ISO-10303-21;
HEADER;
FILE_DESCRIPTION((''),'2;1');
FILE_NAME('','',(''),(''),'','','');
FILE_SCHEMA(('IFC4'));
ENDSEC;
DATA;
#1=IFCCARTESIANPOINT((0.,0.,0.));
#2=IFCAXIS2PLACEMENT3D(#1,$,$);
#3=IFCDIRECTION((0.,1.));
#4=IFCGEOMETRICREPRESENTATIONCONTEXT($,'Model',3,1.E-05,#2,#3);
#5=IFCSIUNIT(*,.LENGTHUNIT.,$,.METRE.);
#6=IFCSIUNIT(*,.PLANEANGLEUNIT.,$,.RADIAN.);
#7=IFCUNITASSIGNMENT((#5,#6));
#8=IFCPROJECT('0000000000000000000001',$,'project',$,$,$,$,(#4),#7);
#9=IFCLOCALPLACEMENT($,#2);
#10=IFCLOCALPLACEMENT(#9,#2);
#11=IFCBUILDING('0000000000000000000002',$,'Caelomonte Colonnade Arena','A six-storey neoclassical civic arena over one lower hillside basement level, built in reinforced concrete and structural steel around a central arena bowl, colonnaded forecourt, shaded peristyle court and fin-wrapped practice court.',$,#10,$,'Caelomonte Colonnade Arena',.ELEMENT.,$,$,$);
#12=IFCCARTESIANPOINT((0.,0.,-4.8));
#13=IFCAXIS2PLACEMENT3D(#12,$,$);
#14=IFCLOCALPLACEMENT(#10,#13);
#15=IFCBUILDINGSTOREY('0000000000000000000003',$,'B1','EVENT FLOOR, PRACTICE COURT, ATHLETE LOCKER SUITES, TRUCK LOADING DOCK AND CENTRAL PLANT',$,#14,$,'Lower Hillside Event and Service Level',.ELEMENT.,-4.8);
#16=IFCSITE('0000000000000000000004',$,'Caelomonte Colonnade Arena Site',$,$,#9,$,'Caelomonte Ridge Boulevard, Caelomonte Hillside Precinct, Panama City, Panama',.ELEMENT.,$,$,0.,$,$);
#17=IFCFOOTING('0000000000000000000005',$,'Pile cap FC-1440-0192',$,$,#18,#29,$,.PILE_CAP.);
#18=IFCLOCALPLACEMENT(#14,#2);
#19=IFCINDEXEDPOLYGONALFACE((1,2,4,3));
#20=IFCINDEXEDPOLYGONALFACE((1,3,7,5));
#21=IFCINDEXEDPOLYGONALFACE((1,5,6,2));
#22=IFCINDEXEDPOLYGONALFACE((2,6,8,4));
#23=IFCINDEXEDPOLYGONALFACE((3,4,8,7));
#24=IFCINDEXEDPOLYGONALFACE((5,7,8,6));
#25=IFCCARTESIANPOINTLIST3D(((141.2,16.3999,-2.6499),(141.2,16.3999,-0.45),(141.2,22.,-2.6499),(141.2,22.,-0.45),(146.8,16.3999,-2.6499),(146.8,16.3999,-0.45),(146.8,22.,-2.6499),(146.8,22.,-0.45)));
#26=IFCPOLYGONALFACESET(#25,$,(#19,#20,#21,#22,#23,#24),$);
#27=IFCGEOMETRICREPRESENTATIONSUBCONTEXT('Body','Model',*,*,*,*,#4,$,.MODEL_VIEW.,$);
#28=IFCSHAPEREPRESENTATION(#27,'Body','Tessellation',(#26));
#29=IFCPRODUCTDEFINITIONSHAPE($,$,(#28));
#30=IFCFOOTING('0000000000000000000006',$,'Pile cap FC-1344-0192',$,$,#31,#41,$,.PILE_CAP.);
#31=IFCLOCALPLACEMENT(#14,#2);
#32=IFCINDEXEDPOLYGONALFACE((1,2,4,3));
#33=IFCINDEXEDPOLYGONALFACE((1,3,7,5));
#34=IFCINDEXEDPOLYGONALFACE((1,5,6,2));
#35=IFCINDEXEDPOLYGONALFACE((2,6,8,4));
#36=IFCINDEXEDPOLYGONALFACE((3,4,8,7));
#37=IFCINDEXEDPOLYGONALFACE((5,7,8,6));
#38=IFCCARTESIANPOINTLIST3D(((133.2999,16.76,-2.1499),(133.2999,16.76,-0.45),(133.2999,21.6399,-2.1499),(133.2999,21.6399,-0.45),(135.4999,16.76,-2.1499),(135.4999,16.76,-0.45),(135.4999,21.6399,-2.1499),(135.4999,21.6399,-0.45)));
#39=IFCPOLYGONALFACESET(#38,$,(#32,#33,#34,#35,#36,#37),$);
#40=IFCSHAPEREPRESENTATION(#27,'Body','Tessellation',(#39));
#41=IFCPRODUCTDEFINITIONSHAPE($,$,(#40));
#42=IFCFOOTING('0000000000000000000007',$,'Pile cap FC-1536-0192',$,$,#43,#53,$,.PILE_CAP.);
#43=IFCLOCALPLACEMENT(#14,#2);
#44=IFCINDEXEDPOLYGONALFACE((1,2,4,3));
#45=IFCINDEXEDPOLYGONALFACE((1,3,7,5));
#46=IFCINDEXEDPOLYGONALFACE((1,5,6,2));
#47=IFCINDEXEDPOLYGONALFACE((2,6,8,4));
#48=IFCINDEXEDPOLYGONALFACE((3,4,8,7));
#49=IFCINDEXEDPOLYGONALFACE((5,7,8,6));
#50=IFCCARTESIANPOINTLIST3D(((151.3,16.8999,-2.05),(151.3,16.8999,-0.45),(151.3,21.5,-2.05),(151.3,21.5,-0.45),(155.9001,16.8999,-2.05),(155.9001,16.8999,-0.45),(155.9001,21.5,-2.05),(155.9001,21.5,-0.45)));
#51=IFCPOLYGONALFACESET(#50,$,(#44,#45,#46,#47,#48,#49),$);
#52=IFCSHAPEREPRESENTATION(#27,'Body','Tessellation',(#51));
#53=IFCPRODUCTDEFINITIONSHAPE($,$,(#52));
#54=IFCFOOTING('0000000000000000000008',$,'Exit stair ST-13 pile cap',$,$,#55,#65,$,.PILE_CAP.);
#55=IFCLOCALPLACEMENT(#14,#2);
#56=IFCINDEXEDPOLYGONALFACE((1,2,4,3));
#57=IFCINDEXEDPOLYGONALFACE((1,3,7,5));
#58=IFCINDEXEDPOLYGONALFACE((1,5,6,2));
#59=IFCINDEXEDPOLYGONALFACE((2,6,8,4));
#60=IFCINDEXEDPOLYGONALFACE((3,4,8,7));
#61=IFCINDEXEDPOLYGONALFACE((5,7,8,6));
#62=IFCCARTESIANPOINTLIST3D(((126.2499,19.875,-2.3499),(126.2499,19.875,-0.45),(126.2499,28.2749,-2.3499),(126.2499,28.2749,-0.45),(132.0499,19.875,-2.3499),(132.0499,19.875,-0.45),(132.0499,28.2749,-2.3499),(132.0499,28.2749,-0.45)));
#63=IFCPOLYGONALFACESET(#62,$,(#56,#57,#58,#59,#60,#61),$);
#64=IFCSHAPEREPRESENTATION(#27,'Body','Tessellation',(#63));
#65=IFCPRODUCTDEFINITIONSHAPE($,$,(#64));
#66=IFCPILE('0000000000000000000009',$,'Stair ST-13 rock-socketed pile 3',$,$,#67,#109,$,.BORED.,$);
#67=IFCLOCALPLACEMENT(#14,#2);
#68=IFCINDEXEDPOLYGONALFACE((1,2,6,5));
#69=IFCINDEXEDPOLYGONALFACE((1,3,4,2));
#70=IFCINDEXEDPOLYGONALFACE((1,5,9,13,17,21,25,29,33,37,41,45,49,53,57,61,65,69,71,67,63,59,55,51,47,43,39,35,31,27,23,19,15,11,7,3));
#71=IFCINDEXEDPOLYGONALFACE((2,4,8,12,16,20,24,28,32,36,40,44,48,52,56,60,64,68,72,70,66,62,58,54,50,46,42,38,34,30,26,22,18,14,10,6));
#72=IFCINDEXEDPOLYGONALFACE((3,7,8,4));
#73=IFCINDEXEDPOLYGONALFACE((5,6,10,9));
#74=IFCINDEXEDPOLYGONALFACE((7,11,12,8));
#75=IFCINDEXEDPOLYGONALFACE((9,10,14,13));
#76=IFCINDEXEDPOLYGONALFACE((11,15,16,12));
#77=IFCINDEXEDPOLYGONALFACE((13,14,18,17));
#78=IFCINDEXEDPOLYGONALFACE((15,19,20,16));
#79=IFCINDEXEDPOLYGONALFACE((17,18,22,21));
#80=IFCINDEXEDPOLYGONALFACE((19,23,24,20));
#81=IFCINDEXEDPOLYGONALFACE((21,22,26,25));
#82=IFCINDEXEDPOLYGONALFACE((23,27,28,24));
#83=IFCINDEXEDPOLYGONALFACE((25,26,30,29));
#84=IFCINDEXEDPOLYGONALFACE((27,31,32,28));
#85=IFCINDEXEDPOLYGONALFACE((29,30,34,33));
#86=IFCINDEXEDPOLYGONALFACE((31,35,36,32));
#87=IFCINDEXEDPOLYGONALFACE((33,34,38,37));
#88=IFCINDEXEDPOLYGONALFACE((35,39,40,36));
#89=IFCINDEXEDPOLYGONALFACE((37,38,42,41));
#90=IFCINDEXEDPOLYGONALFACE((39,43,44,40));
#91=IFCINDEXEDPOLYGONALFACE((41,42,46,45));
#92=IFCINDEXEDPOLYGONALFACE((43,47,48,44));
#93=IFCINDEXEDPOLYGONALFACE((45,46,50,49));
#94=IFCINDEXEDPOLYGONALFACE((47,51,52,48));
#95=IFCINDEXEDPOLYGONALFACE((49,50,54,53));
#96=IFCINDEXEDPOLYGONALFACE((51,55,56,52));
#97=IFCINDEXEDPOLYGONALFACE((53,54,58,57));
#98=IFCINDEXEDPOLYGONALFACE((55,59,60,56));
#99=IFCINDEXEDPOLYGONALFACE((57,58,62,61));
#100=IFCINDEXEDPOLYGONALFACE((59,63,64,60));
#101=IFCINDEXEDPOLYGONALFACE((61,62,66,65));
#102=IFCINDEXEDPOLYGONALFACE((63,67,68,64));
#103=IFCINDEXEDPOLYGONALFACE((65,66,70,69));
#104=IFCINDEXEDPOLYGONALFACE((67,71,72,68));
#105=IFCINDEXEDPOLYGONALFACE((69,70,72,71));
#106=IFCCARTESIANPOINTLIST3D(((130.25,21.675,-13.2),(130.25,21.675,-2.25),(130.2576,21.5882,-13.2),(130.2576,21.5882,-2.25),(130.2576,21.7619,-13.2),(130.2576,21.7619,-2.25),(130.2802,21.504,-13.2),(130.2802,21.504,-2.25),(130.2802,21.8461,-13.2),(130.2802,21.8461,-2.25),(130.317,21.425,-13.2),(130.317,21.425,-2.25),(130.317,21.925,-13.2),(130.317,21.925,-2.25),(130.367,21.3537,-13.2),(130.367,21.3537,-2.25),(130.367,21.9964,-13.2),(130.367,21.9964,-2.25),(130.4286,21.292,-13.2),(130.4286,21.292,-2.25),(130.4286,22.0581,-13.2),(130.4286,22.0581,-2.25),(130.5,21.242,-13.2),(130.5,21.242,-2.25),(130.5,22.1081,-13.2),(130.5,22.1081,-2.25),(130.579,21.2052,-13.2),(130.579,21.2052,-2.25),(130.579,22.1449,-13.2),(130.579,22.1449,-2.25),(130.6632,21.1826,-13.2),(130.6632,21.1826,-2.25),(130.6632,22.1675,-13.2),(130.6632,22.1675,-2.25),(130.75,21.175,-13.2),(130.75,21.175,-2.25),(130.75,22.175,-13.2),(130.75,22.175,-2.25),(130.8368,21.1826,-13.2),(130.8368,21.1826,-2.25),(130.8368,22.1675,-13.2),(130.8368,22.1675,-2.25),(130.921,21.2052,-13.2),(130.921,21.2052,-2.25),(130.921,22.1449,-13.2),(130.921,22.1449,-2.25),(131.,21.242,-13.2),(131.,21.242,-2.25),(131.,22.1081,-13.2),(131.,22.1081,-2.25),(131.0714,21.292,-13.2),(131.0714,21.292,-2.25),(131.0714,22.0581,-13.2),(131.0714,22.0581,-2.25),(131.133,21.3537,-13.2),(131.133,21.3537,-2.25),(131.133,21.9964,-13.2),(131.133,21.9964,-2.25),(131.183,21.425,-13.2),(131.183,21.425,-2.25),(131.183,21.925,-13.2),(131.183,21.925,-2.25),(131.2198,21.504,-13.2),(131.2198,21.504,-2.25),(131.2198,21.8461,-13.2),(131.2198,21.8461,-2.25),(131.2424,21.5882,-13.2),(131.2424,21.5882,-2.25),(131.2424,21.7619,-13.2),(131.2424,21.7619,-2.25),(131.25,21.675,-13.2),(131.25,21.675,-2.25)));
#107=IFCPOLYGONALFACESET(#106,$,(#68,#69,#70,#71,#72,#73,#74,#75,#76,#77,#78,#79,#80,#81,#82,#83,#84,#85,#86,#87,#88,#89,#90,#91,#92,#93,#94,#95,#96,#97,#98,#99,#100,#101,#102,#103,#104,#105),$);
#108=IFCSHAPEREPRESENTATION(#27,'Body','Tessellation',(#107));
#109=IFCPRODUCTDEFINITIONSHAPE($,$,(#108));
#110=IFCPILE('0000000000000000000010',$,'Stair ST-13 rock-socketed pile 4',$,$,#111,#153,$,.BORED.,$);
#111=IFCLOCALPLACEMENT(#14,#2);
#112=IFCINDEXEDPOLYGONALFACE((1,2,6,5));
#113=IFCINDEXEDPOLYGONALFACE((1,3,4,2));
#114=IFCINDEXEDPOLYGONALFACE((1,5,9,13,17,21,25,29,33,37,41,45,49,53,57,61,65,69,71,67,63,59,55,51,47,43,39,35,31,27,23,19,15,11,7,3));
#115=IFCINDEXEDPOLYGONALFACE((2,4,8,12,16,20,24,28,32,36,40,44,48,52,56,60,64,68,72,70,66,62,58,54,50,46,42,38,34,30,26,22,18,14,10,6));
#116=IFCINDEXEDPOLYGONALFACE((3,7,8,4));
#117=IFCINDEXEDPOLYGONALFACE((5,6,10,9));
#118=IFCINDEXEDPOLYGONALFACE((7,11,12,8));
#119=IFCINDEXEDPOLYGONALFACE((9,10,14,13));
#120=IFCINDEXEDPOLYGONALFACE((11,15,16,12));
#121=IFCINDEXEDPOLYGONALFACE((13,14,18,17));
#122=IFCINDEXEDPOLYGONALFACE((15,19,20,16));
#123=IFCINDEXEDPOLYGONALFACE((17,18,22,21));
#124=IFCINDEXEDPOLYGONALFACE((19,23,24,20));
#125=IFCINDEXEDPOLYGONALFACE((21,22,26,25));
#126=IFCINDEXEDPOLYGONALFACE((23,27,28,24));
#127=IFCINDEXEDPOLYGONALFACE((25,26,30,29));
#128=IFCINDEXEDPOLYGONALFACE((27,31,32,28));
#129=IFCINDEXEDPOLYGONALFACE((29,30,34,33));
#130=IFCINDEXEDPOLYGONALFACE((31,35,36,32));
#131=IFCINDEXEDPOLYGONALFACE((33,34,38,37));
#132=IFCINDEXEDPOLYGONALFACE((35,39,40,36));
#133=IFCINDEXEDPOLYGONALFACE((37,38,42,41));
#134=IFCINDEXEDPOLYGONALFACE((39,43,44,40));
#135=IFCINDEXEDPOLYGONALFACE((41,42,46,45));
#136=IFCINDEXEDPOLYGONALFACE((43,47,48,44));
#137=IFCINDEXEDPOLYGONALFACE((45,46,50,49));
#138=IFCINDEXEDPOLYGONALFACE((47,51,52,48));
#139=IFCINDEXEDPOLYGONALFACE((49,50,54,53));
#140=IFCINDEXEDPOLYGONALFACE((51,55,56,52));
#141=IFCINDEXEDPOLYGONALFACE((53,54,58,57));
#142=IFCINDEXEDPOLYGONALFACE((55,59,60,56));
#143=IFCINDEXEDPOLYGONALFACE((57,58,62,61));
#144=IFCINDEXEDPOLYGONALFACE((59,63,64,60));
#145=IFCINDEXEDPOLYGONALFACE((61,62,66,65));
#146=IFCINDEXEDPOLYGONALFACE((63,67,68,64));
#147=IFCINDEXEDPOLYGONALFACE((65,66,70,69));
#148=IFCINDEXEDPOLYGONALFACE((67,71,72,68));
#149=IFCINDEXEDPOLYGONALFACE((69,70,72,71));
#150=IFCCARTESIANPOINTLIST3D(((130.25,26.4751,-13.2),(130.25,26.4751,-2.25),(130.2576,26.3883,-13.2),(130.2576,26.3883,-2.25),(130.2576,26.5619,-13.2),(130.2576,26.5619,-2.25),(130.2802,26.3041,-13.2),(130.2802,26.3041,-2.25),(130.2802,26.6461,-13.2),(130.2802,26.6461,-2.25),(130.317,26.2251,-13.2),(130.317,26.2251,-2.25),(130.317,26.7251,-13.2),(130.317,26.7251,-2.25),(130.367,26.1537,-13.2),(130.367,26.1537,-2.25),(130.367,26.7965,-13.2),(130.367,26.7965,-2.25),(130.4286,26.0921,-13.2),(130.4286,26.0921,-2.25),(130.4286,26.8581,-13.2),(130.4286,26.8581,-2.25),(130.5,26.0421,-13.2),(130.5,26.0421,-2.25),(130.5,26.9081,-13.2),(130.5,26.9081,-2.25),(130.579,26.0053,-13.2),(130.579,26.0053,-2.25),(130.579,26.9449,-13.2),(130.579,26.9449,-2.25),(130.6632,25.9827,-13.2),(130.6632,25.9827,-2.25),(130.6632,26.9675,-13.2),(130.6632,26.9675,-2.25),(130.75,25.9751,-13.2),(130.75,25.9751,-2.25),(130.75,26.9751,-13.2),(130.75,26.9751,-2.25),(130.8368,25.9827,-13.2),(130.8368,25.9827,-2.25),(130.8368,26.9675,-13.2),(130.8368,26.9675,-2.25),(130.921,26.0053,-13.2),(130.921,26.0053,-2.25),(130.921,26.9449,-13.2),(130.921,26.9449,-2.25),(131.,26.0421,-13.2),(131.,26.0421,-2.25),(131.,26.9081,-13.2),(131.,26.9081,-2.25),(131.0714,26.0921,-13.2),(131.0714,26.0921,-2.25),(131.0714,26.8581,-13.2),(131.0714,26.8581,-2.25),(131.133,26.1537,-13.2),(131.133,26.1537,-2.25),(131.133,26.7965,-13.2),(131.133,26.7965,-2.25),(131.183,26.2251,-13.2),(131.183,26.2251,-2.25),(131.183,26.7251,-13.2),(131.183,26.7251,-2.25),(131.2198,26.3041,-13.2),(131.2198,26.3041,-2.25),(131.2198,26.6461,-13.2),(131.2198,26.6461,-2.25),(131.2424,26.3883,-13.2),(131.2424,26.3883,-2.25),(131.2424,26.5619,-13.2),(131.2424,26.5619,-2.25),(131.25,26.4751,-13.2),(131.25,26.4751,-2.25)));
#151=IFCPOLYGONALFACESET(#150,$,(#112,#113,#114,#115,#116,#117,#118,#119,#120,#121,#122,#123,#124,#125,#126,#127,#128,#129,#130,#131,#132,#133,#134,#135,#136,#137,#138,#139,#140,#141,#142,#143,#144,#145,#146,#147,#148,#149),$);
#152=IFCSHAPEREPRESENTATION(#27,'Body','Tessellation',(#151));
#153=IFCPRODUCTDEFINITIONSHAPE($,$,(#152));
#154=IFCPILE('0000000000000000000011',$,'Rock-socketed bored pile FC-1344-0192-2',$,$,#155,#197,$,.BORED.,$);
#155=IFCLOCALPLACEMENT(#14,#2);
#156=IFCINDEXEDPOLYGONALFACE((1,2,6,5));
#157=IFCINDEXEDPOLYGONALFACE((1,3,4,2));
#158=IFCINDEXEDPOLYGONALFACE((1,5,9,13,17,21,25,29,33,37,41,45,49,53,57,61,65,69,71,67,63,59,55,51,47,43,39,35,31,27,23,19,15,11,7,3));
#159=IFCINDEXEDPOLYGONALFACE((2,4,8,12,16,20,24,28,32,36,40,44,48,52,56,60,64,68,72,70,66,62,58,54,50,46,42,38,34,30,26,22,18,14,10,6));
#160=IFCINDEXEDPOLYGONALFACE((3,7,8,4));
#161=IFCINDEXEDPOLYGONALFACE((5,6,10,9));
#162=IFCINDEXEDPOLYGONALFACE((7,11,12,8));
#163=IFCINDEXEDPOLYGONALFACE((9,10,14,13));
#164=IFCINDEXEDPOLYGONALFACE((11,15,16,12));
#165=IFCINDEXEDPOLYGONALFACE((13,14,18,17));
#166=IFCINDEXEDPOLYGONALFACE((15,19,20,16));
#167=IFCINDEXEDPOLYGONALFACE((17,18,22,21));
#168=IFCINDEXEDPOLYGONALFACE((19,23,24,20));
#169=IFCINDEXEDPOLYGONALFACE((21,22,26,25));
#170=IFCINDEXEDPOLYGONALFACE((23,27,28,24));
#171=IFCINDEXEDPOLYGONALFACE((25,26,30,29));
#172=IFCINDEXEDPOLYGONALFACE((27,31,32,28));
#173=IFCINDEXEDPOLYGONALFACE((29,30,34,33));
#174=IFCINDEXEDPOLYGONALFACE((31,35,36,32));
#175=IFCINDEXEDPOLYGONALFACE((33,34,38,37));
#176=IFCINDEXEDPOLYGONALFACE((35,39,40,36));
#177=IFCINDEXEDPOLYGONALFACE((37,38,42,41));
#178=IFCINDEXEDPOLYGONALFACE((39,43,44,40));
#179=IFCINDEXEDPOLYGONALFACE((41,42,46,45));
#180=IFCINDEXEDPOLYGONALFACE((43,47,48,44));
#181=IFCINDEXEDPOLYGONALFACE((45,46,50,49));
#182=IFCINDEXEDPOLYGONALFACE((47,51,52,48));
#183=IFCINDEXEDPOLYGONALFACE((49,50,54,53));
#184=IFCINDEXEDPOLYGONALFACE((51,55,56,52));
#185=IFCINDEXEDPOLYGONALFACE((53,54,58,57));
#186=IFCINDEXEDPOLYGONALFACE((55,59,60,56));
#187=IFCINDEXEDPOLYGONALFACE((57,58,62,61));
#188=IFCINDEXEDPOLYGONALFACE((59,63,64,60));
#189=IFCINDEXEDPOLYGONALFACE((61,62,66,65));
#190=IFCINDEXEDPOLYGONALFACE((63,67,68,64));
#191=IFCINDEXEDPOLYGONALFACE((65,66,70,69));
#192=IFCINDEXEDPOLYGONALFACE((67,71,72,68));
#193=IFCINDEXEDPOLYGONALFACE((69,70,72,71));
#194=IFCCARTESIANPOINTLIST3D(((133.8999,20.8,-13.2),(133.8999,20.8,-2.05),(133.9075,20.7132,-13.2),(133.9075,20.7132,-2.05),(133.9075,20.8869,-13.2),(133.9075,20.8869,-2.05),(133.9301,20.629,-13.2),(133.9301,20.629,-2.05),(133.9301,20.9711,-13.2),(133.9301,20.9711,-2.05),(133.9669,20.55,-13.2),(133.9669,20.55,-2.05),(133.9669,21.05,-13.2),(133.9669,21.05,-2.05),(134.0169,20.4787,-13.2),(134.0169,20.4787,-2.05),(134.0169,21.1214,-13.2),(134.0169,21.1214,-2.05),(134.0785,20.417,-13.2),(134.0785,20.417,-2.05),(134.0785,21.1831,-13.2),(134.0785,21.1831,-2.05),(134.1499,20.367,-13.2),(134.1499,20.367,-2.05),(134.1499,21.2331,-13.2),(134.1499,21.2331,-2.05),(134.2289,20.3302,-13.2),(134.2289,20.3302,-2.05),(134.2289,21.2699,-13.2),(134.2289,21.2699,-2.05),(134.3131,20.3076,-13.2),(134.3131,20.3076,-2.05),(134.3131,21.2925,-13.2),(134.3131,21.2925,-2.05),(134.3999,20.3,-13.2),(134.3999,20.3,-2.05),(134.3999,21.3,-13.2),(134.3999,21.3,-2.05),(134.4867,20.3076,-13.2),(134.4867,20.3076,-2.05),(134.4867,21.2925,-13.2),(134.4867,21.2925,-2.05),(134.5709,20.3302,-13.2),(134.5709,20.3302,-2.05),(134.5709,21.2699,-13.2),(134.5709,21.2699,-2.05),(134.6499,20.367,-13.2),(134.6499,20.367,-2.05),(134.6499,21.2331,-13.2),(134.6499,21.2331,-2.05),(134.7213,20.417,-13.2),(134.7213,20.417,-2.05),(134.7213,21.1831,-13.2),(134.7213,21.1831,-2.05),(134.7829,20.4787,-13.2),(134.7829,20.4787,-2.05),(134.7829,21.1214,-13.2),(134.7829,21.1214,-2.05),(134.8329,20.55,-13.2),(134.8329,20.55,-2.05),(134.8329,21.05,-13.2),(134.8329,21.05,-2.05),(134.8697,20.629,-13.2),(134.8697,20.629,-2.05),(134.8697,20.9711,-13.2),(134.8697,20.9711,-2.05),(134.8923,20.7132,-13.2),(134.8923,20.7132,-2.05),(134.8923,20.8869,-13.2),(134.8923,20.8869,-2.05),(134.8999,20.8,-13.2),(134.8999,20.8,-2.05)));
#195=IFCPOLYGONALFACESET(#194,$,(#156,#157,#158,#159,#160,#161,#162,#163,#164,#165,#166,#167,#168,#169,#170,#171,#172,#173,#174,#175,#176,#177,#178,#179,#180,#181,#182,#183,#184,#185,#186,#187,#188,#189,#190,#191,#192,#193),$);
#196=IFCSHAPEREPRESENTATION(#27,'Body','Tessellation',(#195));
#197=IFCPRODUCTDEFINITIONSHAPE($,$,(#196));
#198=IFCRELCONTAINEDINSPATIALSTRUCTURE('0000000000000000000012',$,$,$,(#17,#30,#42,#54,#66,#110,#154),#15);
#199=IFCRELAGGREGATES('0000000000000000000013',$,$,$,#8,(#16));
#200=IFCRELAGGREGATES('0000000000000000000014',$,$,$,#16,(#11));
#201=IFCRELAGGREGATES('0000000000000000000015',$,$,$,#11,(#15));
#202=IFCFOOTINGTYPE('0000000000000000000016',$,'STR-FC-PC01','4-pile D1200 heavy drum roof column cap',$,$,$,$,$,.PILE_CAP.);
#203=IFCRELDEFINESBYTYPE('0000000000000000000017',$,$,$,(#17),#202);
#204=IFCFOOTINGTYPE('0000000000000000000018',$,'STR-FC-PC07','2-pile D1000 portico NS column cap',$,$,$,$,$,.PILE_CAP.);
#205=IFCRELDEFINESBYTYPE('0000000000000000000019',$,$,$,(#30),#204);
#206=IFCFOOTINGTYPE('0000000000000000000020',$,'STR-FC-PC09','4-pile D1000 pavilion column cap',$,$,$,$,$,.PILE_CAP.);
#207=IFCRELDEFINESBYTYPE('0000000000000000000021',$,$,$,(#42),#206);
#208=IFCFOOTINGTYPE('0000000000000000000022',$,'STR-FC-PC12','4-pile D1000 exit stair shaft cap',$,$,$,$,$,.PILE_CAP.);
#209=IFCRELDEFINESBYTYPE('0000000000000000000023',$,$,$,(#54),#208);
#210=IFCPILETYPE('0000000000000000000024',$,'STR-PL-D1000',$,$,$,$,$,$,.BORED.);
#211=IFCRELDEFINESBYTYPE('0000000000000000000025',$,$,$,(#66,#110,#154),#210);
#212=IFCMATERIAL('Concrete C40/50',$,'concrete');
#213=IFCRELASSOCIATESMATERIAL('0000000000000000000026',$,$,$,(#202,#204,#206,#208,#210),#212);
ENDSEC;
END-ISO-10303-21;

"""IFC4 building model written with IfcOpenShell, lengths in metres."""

from ifc_helpers import new_model, si_unit, direction, frame, origin, origin_2d, place, context, subcontext, project, spatial, rectangle, circle, extrude, material, material_profile, profile_set, type_object, element, save


model = new_model("IFC4")

# Units and contexts
model_context = context("Model", 3, precision=1e-05, world=origin(), true_north=direction((0.0, 1.0)))
body_context = subcontext(model_context, "Body", "Model", "MODEL_VIEW")
ifc_project = project(units=[si_unit("LENGTHUNIT", "METRE"), si_unit("PLANEANGLEUNIT", "RADIAN")], contexts=[model_context])

# Site, building, storey
site_placement = place(None, origin())
site = spatial("IfcSite", under=ifc_project, at=site_placement, Name="Caelomonte Colonnade Arena Site", LongName="Caelomonte Ridge Boulevard, Caelomonte Hillside Precinct, Panama City, Panama", CompositionType="ELEMENT", RefElevation=0.0)
building_placement = place(site_placement, origin())
building = spatial("IfcBuilding", under=site, at=building_placement, Name="Caelomonte Colonnade Arena", Description="A six-storey neoclassical civic arena over one lower hillside basement level, built in reinforced concrete and structural steel around a central arena bowl, colonnaded forecourt, shaded peristyle court and fin-wrapped practice court.", LongName="Caelomonte Colonnade Arena", CompositionType="ELEMENT")
storey_placement = place(building_placement, frame((0.0, 0.0, -4.8)))
storey = spatial("IfcBuildingStorey", under=building, at=storey_placement, Name="B1", Description="EVENT FLOOR, PRACTICE COURT, ATHLETE LOCKER SUITES, TRUCK LOADING DOCK AND CENTRAL PLANT", LongName="Lower Hillside Event and Service Level", CompositionType="ELEMENT", Elevation=-4.8)

# Footings
ifc_material_1 = material(Name="Concrete C40/50", Category="concrete")
footing_type_1 = type_object("IfcFootingType", Name="STR-FC-PC01", Description="4-pile D1200 heavy drum roof column cap", PredefinedType="PILE_CAP", material=ifc_material_1)
footing_1_placement = place(storey_placement, frame((144.0, 19.2, -2.6499), z_axis=(0.0, 0.0, 1.0), x_axis=(1.0, 0.0, 0.0)))
element("IfcFooting", 1, at=footing_1_placement, inside=storey, type_object=footing_type_1, Name="Pile cap FC-1440-0192", PredefinedType="PILE_CAP", context=body_context, shape_type="SweptSolid", body=[
    extrude(rectangle(XDim=5.6001, YDim=5.6001, at=origin_2d()), origin(), (0.0, 0.0, 1.0), 2.2),
])
footing_type_2 = type_object("IfcFootingType", Name="STR-FC-PC07", Description="2-pile D1000 portico NS column cap", PredefinedType="PILE_CAP", material=ifc_material_1)
footing_2_placement = place(storey_placement, frame((134.3999, 19.2, -2.1499), z_axis=(0.0, 0.0, 1.0), x_axis=(1.0, 0.0, 0.0)))
element("IfcFooting", 2, at=footing_2_placement, inside=storey, type_object=footing_type_2, Name="Pile cap FC-1344-0192", PredefinedType="PILE_CAP", context=body_context, shape_type="SweptSolid", body=[
    extrude(rectangle(XDim=2.2, YDim=4.8799, at=origin_2d()), origin(), (0.0, 0.0, 1.0), 1.7),
])
footing_type_3 = type_object("IfcFootingType", Name="STR-FC-PC09", Description="4-pile D1000 pavilion column cap", PredefinedType="PILE_CAP", material=ifc_material_1)
footing_3_placement = place(storey_placement, frame((153.6001, 19.2, -2.05), z_axis=(0.0, 0.0, 1.0), x_axis=(1.0, 0.0, 0.0)))
element("IfcFooting", 3, at=footing_3_placement, inside=storey, type_object=footing_type_3, Name="Pile cap FC-1536-0192", PredefinedType="PILE_CAP", context=body_context, shape_type="SweptSolid", body=[
    extrude(rectangle(XDim=4.6001, YDim=4.6001, at=origin_2d()), origin(), (0.0, 0.0, 1.0), 1.6001),
])
footing_type_4 = type_object("IfcFootingType", Name="STR-FC-PC12", Description="4-pile D1000 exit stair shaft cap", PredefinedType="PILE_CAP", material=ifc_material_1)
footing_4_placement = place(storey_placement, frame((129.1499, 24.075, -2.3499), z_axis=(0.0, 0.0, 1.0), x_axis=(1.0, 0.0, 0.0)))
element("IfcFooting", 4, at=footing_4_placement, inside=storey, type_object=footing_type_4, Name="Exit stair ST-13 pile cap", PredefinedType="PILE_CAP", context=body_context, shape_type="SweptSolid", body=[
    extrude(rectangle(XDim=5.8, YDim=8.3999, at=origin_2d()), origin(), (0.0, 0.0, 1.0), 1.8999),
])

# Piles
ifc_material_profile_1 = material_profile(ifc_material_1, circle(Radius=0.5, at=origin_2d()), Name="PILE-D1000")
ifc_profile_set_1 = profile_set([ifc_material_profile_1], Name="Concrete C40/50")
pile_type_1 = type_object("IfcPileType", Name="STR-PL-D1000", PredefinedType="BORED", material=ifc_profile_set_1)
for number, where, z_axis, x_axis, name in (
    (5, (130.75, 21.675, -2.25), (0.0, 0.0, -1.0), (1.0, 0.0, 0.0), "Stair ST-13 rock-socketed pile 3"),
    (6, (130.75, 26.4751, -2.25), (0.0, 0.0, -1.0), (1.0, 0.0, 0.0), "Stair ST-13 rock-socketed pile 4"),
):
    element("IfcPile", number, at=place(storey_placement, frame(where, z_axis=z_axis, x_axis=x_axis)), inside=storey, type_object=pile_type_1, Name=name, PredefinedType="BORED", context=body_context, shape_type="SweptSolid", body=[
        extrude(circle(Radius=0.5, at=origin_2d()), origin(), (0.0, 0.0, 1.0), 10.95),
    ])
for number, where, z_axis, x_axis, name in (
    (7, (134.3999, 20.8, -2.05), (0.0, 0.0, -1.0), (1.0, 0.0, 0.0), "Rock-socketed bored pile FC-1344-0192-2"),
):
    element("IfcPile", number, at=place(storey_placement, frame(where, z_axis=z_axis, x_axis=x_axis)), inside=storey, type_object=pile_type_1, Name=name, PredefinedType="BORED", context=body_context, shape_type="SweptSolid", body=[
        extrude(circle(Radius=0.5, at=origin_2d()), origin(), (0.0, 0.0, 1.0), 11.1499),
    ])

save(model, "model.ifc")
